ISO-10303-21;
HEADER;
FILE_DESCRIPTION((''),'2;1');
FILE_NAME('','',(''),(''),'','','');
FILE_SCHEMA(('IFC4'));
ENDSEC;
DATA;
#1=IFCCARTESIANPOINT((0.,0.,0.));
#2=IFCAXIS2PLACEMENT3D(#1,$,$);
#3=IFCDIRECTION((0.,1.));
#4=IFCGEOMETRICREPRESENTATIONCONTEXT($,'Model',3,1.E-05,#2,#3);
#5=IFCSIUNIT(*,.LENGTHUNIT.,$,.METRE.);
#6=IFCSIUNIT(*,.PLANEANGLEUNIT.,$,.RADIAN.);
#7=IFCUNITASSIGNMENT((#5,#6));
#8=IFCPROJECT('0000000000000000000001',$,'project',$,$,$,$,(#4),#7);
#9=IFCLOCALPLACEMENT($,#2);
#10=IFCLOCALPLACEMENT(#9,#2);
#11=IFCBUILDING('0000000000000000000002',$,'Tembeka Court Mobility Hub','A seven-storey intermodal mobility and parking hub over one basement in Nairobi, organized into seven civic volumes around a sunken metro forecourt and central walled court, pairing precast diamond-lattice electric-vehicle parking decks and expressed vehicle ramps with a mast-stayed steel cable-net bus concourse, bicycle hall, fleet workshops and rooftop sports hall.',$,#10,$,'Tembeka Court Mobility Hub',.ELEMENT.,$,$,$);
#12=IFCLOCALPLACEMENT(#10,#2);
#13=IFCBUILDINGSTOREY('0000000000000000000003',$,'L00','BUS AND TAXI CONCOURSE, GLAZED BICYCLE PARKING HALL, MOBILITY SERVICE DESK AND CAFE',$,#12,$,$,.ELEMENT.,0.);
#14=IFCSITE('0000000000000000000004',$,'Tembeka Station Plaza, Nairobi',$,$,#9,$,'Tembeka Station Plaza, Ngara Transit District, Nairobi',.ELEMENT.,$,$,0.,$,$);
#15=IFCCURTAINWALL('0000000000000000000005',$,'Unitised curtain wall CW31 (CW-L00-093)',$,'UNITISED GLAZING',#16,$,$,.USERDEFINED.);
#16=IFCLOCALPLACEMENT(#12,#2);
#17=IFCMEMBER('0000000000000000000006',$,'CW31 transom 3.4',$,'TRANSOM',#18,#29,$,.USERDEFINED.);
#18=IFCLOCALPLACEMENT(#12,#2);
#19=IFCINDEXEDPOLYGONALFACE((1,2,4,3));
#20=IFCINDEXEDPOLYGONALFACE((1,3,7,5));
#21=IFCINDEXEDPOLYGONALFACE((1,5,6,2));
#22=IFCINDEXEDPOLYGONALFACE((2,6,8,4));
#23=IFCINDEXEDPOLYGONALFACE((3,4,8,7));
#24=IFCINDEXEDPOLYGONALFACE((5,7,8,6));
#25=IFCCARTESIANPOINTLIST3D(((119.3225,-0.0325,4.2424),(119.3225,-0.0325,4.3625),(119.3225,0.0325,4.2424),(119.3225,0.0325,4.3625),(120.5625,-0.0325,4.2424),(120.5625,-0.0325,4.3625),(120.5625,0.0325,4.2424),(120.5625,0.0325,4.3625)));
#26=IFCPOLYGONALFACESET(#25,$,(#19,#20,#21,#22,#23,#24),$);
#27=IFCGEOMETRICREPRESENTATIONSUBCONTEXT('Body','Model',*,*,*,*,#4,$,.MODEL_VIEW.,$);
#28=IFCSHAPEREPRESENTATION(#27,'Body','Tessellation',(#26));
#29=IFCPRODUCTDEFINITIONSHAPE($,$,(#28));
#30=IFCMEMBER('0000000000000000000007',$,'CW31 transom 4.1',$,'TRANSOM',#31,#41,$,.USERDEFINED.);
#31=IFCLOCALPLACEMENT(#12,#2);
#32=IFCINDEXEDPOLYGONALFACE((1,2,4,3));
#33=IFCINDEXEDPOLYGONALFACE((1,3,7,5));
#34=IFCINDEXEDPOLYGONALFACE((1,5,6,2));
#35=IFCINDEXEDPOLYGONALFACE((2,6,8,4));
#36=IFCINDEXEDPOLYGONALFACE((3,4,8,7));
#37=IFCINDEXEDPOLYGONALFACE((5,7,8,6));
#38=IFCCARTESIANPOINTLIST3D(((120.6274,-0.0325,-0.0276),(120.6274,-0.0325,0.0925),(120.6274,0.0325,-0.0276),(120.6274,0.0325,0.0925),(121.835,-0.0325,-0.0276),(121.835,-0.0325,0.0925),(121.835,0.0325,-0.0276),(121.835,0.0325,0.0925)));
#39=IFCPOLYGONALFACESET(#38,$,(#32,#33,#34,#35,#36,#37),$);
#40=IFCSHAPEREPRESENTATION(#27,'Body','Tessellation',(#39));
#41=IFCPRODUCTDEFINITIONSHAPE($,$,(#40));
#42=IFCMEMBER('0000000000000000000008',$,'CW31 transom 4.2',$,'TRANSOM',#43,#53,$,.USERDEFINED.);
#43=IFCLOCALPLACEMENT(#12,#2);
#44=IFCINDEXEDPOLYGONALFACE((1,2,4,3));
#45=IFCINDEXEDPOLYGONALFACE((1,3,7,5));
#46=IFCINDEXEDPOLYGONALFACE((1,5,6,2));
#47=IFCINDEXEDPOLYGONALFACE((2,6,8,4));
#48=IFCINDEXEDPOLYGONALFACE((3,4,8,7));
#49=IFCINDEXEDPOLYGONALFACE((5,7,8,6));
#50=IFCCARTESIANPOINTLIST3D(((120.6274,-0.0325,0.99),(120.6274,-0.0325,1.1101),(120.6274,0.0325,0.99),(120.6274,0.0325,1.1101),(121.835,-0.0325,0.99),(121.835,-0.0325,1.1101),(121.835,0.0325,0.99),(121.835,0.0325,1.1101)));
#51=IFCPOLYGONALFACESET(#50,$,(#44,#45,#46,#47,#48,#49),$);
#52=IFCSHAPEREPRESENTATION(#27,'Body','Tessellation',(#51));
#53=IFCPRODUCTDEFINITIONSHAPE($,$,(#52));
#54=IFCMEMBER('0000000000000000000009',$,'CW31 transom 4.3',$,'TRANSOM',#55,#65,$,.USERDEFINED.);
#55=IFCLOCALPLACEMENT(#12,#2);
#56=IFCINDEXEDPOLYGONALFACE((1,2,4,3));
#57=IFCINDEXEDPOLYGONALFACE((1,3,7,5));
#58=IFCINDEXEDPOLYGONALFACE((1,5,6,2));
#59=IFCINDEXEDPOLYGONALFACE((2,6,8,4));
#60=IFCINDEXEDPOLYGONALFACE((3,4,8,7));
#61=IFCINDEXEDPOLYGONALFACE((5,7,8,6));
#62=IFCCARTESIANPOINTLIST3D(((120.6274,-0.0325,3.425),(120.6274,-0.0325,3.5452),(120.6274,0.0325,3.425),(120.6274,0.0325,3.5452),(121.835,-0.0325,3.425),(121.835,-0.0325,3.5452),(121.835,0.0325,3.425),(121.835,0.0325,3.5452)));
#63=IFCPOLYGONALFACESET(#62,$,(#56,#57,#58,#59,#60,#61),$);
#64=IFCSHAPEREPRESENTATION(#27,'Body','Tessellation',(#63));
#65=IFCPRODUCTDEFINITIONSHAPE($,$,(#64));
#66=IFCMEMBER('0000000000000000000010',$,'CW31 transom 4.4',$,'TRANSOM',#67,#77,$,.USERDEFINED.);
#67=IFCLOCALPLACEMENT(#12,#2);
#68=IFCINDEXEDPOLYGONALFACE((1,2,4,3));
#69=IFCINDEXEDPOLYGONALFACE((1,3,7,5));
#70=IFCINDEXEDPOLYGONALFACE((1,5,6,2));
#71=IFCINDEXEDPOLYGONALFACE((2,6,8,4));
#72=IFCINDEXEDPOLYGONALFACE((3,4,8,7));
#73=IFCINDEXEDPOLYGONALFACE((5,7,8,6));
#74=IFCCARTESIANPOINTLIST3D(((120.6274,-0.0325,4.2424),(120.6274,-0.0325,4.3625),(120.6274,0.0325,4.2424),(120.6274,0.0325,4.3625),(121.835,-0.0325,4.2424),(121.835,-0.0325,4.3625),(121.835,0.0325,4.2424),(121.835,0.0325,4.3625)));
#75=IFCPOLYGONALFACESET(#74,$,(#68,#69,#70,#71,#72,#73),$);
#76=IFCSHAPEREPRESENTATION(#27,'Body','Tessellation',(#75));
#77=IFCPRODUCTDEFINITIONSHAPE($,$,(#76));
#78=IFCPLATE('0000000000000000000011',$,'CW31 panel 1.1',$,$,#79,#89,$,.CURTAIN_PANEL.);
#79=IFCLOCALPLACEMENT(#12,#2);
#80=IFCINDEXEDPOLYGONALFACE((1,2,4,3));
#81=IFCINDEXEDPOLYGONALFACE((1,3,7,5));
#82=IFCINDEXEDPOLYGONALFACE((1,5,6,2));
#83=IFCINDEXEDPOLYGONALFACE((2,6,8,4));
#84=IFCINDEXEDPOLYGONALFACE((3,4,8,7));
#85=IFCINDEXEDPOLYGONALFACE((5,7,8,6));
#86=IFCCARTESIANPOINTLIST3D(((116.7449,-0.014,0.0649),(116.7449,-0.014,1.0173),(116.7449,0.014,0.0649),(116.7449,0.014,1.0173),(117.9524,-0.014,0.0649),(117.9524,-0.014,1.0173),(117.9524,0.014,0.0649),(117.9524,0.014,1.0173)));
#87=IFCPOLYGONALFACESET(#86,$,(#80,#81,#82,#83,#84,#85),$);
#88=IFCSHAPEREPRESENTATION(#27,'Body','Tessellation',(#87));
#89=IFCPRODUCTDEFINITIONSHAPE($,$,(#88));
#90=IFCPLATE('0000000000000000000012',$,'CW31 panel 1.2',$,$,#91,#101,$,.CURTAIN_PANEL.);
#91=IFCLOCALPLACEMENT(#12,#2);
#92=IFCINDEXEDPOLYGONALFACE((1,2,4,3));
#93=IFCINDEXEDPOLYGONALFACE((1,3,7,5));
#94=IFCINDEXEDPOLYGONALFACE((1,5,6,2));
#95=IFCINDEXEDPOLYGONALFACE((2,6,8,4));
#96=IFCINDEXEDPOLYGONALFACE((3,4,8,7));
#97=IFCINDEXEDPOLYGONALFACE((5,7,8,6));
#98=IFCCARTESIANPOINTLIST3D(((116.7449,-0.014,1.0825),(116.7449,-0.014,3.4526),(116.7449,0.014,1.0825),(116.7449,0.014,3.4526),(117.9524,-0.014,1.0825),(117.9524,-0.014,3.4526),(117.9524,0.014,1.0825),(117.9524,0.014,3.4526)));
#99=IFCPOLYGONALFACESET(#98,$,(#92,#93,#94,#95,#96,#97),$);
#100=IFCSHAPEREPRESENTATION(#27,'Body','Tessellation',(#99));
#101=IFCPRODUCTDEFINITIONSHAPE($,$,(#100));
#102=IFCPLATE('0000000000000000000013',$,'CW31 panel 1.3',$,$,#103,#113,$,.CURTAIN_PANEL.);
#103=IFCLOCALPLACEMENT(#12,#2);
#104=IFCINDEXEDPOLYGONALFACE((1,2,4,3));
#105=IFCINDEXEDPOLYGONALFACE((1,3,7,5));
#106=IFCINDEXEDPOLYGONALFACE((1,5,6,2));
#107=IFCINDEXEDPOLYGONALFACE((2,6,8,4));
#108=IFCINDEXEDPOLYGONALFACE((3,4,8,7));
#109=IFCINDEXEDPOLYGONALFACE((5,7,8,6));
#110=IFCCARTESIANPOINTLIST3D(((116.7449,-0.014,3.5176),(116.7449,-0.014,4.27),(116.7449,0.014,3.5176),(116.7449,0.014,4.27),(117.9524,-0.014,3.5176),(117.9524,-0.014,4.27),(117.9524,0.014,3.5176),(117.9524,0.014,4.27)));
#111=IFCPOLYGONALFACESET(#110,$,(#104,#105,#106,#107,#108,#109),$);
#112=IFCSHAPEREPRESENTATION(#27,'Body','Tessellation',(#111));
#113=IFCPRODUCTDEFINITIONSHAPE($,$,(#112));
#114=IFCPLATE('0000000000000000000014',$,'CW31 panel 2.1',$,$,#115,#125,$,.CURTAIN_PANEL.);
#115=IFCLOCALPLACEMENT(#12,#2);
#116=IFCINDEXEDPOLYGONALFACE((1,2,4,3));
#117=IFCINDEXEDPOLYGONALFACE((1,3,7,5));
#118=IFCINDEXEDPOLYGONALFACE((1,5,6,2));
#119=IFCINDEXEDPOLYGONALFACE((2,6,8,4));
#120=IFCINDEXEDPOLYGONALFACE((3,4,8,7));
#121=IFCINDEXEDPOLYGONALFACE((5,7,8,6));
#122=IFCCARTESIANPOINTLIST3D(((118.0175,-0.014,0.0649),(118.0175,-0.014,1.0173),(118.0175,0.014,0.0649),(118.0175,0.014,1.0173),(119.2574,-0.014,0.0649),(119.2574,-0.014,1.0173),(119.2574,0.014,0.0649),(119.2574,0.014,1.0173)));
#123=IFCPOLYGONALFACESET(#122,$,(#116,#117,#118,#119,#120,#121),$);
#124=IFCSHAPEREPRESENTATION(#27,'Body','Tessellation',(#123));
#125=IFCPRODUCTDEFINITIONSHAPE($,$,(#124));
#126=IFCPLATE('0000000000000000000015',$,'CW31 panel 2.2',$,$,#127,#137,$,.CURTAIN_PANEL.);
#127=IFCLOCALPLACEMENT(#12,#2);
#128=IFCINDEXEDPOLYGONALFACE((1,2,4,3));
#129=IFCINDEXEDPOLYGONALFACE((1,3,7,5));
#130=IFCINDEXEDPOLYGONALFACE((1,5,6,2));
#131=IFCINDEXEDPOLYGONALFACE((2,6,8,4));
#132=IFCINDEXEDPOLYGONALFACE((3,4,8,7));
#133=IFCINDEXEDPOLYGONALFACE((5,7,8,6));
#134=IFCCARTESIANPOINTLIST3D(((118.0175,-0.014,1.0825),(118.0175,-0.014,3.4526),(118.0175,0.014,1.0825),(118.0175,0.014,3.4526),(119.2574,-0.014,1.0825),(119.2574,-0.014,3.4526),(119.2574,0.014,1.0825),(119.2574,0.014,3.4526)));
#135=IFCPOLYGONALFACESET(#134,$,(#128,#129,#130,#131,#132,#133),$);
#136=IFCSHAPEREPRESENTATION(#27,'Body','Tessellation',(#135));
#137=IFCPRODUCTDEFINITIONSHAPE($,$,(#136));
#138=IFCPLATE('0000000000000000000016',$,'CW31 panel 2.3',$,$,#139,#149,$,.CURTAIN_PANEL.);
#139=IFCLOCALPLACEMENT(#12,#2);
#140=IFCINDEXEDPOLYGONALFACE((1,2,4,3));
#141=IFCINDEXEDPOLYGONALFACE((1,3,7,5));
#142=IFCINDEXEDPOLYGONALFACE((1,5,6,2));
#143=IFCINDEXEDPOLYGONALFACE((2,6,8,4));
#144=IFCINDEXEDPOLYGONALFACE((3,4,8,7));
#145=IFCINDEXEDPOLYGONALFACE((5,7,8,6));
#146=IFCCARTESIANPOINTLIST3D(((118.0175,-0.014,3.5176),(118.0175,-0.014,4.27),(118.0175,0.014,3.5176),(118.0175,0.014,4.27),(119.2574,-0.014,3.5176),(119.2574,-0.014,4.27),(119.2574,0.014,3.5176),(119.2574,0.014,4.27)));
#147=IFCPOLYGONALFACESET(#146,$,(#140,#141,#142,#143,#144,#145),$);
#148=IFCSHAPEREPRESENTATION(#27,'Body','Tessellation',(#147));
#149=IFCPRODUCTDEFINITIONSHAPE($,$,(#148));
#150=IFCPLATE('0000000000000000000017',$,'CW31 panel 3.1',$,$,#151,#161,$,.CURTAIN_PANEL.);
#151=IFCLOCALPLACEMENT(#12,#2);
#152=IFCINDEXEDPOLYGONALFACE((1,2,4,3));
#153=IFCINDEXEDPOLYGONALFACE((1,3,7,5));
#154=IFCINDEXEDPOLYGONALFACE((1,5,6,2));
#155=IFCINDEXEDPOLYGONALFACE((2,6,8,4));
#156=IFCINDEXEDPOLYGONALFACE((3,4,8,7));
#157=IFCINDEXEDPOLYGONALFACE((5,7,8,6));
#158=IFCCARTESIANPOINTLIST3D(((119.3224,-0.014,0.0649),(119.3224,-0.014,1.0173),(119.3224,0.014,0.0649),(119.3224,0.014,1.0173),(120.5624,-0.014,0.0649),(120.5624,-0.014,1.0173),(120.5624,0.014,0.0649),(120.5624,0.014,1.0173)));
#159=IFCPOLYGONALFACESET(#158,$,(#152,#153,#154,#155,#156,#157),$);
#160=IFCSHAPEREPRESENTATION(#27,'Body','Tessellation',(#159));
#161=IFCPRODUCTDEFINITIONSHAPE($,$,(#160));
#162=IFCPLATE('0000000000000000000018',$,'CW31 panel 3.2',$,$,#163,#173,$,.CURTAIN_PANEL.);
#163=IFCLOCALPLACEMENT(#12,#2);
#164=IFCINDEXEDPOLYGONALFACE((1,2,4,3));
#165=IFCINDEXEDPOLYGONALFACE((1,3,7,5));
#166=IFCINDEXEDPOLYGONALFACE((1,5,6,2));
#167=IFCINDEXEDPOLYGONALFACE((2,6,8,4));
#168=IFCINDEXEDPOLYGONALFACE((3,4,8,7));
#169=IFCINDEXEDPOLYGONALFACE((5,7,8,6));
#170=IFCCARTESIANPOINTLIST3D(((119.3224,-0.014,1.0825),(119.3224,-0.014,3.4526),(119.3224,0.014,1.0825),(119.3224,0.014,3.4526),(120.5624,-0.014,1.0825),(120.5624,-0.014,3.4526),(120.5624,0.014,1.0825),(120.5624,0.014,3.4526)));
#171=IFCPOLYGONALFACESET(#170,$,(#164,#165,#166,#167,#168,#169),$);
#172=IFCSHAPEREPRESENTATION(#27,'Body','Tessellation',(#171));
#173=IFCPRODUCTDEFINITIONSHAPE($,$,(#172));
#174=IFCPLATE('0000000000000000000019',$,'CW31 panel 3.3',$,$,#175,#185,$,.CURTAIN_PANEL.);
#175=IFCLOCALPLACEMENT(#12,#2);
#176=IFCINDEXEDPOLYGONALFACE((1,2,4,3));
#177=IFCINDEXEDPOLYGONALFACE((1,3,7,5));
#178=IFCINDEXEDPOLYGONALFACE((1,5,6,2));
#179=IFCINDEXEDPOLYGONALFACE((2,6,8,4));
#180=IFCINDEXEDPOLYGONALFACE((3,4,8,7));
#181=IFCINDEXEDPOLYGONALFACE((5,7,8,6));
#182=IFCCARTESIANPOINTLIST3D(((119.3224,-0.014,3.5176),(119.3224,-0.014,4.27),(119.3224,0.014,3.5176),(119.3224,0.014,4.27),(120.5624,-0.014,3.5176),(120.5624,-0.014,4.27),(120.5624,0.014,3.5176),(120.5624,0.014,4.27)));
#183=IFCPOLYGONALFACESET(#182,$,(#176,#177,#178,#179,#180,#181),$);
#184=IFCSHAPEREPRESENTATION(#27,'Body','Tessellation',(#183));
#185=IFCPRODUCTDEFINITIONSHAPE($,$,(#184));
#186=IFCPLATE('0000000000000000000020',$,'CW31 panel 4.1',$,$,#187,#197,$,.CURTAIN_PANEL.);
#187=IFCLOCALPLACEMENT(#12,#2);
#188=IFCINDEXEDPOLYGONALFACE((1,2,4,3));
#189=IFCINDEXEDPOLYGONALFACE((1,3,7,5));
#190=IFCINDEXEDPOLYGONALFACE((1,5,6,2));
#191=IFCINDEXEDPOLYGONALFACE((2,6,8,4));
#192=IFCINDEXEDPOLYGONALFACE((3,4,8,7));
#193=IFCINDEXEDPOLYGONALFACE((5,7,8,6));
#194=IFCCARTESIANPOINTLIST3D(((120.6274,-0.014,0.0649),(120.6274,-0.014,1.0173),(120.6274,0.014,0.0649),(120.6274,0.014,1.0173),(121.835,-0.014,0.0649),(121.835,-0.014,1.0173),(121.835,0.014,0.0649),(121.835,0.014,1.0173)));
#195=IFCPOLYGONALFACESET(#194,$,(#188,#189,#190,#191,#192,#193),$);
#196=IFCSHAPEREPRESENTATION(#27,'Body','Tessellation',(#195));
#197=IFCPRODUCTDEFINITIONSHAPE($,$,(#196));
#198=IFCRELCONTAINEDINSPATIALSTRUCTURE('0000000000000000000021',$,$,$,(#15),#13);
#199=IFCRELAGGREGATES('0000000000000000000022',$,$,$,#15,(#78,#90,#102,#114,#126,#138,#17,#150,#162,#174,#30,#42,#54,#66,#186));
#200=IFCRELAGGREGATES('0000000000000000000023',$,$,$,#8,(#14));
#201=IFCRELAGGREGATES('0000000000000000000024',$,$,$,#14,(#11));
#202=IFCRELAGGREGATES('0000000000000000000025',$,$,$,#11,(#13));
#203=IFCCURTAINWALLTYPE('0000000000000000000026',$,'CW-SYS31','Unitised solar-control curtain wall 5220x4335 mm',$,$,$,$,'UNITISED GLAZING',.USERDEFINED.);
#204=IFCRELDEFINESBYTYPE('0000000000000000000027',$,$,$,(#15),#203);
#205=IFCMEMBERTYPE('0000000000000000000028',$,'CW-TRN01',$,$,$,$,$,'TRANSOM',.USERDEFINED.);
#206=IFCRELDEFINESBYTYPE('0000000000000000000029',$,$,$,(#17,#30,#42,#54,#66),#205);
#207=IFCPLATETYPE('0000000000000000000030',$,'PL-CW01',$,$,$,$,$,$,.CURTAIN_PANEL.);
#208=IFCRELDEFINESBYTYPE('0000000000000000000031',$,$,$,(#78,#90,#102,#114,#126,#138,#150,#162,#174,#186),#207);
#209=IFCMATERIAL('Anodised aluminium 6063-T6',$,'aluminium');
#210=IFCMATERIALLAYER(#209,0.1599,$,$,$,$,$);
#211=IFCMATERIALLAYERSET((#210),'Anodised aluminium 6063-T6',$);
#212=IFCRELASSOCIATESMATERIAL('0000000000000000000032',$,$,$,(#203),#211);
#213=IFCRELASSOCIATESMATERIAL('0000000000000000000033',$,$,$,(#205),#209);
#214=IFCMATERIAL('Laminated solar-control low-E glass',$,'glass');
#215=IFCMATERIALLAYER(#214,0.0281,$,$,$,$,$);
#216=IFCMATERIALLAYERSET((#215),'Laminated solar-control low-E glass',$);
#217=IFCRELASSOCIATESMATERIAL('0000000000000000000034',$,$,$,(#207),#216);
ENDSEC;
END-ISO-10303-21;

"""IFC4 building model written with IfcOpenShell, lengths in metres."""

from ifc_helpers import new_model, si_unit, direction, frame, origin, origin_2d, place, context, subcontext, project, spatial, rectangle, extrude, material, layer, layer_set, material_profile, profile_set, type_object, element, aggregate, save


model = new_model("IFC4")

# Units and contexts
model_context = context("Model", 3, precision=1e-05, world=origin(), true_north=direction((0.0, 1.0)))
body_context = subcontext(model_context, "Body", "Model", "MODEL_VIEW")
ifc_project = project(units=[si_unit("LENGTHUNIT", "METRE"), si_unit("PLANEANGLEUNIT", "RADIAN")], contexts=[model_context])

# Site, building, storey
site_placement = place(None, origin())
site = spatial("IfcSite", under=ifc_project, at=site_placement, Name="Tembeka Station Plaza, Nairobi", LongName="Tembeka Station Plaza, Ngara Transit District, Nairobi", CompositionType="ELEMENT", RefElevation=0.0)
building_placement = place(site_placement, origin())
building = spatial("IfcBuilding", under=site, at=building_placement, Name="Tembeka Court Mobility Hub", Description="A seven-storey intermodal mobility and parking hub over one basement in Nairobi, organized into seven civic volumes around a sunken metro forecourt and central walled court, pairing precast diamond-lattice electric-vehicle parking decks and expressed vehicle ramps with a mast-stayed steel cable-net bus concourse, bicycle hall, fleet workshops and rooftop sports hall.", LongName="Tembeka Court Mobility Hub", CompositionType="ELEMENT")
storey_placement = place(building_placement, origin())
storey = spatial("IfcBuildingStorey", under=building, at=storey_placement, Name="L00", Description="BUS AND TAXI CONCOURSE, GLAZED BICYCLE PARKING HALL, MOBILITY SERVICE DESK AND CAFE", CompositionType="ELEMENT", Elevation=0.0)

# Curtain wall, members, plates
ifc_material_1 = material(Name="Anodised aluminium 6063-T6", Category="aluminium")
ifc_layer_1 = layer(ifc_material_1, 0.1599)
ifc_layer_set_1 = layer_set([ifc_layer_1], Name="Anodised aluminium 6063-T6")
curtain_wall_type = type_object("IfcCurtainWallType", Name="CW-SYS31", Description="Unitised solar-control curtain wall 5220x4335 mm", ElementType="UNITISED GLAZING", PredefinedType="USERDEFINED", material=ifc_layer_set_1)
curtain_wall_placement = place(storey_placement, origin())
curtain_wall = element("IfcCurtainWall", 1, at=curtain_wall_placement, inside=storey, type_object=curtain_wall_type, Name="Unitised curtain wall CW31 (CW-L00-093)", ObjectType="UNITISED GLAZING", PredefinedType="USERDEFINED")
ifc_material_profile_1 = material_profile(ifc_material_1, rectangle(XDim=0.0649, YDim=0.1201, at=origin_2d()), Name="ALU-TRN 65x120")
ifc_profile_set_1 = profile_set([ifc_material_profile_1], Name="Anodised aluminium 6063-T6")
member_type_1 = type_object("IfcMemberType", Name="CW-TRN01", ElementType="TRANSOM", PredefinedType="USERDEFINED", material=ifc_profile_set_1)
member_1_placement = place(storey_placement, frame((119.3225, 0.0, 4.3025), z_axis=(1.0, 0.0, 0.0), x_axis=(0.0, 1.0, 0.0)))
member_1 = element("IfcMember", 2, at=member_1_placement, type_object=member_type_1, Name="CW31 transom 3.4", ObjectType="TRANSOM", PredefinedType="USERDEFINED", context=body_context, shape_type="SweptSolid", body=[
    extrude(rectangle(XDim=0.0649, YDim=0.1201, at=origin_2d()), origin(), (0.0, 0.0, 1.0), 1.24),
])
member_2_placement = place(storey_placement, frame((120.6274, 0.0, 0.0325), z_axis=(1.0, 0.0, 0.0), x_axis=(0.0, 1.0, 0.0)))
member_2 = element("IfcMember", 3, at=member_2_placement, type_object=member_type_1, Name="CW31 transom 4.1", ObjectType="TRANSOM", PredefinedType="USERDEFINED", context=body_context, shape_type="SweptSolid", body=[
    extrude(rectangle(XDim=0.0649, YDim=0.1201, at=origin_2d()), origin(), (0.0, 0.0, 1.0), 1.2075),
])
member_3_placement = place(storey_placement, frame((120.6274, 0.0, 1.05), z_axis=(1.0, 0.0, 0.0), x_axis=(0.0, 1.0, 0.0)))
member_3 = element("IfcMember", 4, at=member_3_placement, type_object=member_type_1, Name="CW31 transom 4.2", ObjectType="TRANSOM", PredefinedType="USERDEFINED", context=body_context, shape_type="SweptSolid", body=[
    extrude(rectangle(XDim=0.0649, YDim=0.1201, at=origin_2d()), origin(), (0.0, 0.0, 1.0), 1.2075),
])
member_4_placement = place(storey_placement, frame((120.6274, 0.0, 3.4851), z_axis=(1.0, 0.0, 0.0), x_axis=(0.0, 1.0, 0.0)))
member_4 = element("IfcMember", 5, at=member_4_placement, type_object=member_type_1, Name="CW31 transom 4.3", ObjectType="TRANSOM", PredefinedType="USERDEFINED", context=body_context, shape_type="SweptSolid", body=[
    extrude(rectangle(XDim=0.0649, YDim=0.1201, at=origin_2d()), origin(), (0.0, 0.0, 1.0), 1.2075),
])
member_5_placement = place(storey_placement, frame((120.6274, 0.0, 4.3025), z_axis=(1.0, 0.0, 0.0), x_axis=(0.0, 1.0, 0.0)))
member_5 = element("IfcMember", 6, at=member_5_placement, type_object=member_type_1, Name="CW31 transom 4.4", ObjectType="TRANSOM", PredefinedType="USERDEFINED", context=body_context, shape_type="SweptSolid", body=[
    extrude(rectangle(XDim=0.0649, YDim=0.1201, at=origin_2d()), origin(), (0.0, 0.0, 1.0), 1.2075),
])
ifc_material_2 = material(Name="Laminated solar-control low-E glass", Category="glass")
ifc_layer_2 = layer(ifc_material_2, 0.0281)
ifc_layer_set_2 = layer_set([ifc_layer_2], Name="Laminated solar-control low-E glass")
plate_type = type_object("IfcPlateType", Name="PL-CW01", PredefinedType="CURTAIN_PANEL", material=ifc_layer_set_2)
plate_1_placement = place(storey_placement, frame((117.3486, 0.0, 0.0649), z_axis=(0.0, 0.0, 1.0), x_axis=(1.0, 0.0, 0.0)))
plate_1 = element("IfcPlate", 7, at=plate_1_placement, type_object=plate_type, Name="CW31 panel 1.1", PredefinedType="CURTAIN_PANEL", context=body_context, shape_type="SweptSolid", body=[
    extrude(rectangle(XDim=1.2075, YDim=0.0281, at=origin_2d()), origin(), (0.0, 0.0, 1.0), 0.9524),
])
plate_2_placement = place(storey_placement, frame((117.3486, 0.0, 1.0825), z_axis=(0.0, 0.0, 1.0), x_axis=(1.0, 0.0, 0.0)))
plate_2 = element("IfcPlate", 8, at=plate_2_placement, type_object=plate_type, Name="CW31 panel 1.2", PredefinedType="CURTAIN_PANEL", context=body_context, shape_type="SweptSolid", body=[
    extrude(rectangle(XDim=1.2075, YDim=0.0281, at=origin_2d()), origin(), (0.0, 0.0, 1.0), 2.3701),
])
plate_3_placement = place(storey_placement, frame((117.3486, 0.0, 3.5176), z_axis=(0.0, 0.0, 1.0), x_axis=(1.0, 0.0, 0.0)))
plate_3 = element("IfcPlate", 9, at=plate_3_placement, type_object=plate_type, Name="CW31 panel 1.3", PredefinedType="CURTAIN_PANEL", context=body_context, shape_type="SweptSolid", body=[
    extrude(rectangle(XDim=1.2075, YDim=0.0281, at=origin_2d()), origin(), (0.0, 0.0, 1.0), 0.7524),
])
plate_4_placement = place(storey_placement, frame((118.6375, 0.0, 0.0649), z_axis=(0.0, 0.0, 1.0), x_axis=(1.0, 0.0, 0.0)))
plate_4 = element("IfcPlate", 10, at=plate_4_placement, type_object=plate_type, Name="CW31 panel 2.1", PredefinedType="CURTAIN_PANEL", context=body_context, shape_type="SweptSolid", body=[
    extrude(rectangle(XDim=1.24, YDim=0.0281, at=origin_2d()), origin(), (0.0, 0.0, 1.0), 0.9524),
])
plate_5_placement = place(storey_placement, frame((118.6375, 0.0, 1.0825), z_axis=(0.0, 0.0, 1.0), x_axis=(1.0, 0.0, 0.0)))
plate_5 = element("IfcPlate", 11, at=plate_5_placement, type_object=plate_type, Name="CW31 panel 2.2", PredefinedType="CURTAIN_PANEL", context=body_context, shape_type="SweptSolid", body=[
    extrude(rectangle(XDim=1.24, YDim=0.0281, at=origin_2d()), origin(), (0.0, 0.0, 1.0), 2.3701),
])
plate_6_placement = place(storey_placement, frame((118.6375, 0.0, 3.5176), z_axis=(0.0, 0.0, 1.0), x_axis=(1.0, 0.0, 0.0)))
plate_6 = element("IfcPlate", 12, at=plate_6_placement, type_object=plate_type, Name="CW31 panel 2.3", PredefinedType="CURTAIN_PANEL", context=body_context, shape_type="SweptSolid", body=[
    extrude(rectangle(XDim=1.24, YDim=0.0281, at=origin_2d()), origin(), (0.0, 0.0, 1.0), 0.7524),
])
plate_7_placement = place(storey_placement, frame((119.9424, 0.0, 0.0649), z_axis=(0.0, 0.0, 1.0), x_axis=(1.0, 0.0, 0.0)))
plate_7 = element("IfcPlate", 13, at=plate_7_placement, type_object=plate_type, Name="CW31 panel 3.1", PredefinedType="CURTAIN_PANEL", context=body_context, shape_type="SweptSolid", body=[
    extrude(rectangle(XDim=1.24, YDim=0.0281, at=origin_2d()), origin(), (0.0, 0.0, 1.0), 0.9524),
])
plate_8_placement = place(storey_placement, frame((119.9424, 0.0, 1.0825), z_axis=(0.0, 0.0, 1.0), x_axis=(1.0, 0.0, 0.0)))
plate_8 = element("IfcPlate", 14, at=plate_8_placement, type_object=plate_type, Name="CW31 panel 3.2", PredefinedType="CURTAIN_PANEL", context=body_context, shape_type="SweptSolid", body=[
    extrude(rectangle(XDim=1.24, YDim=0.0281, at=origin_2d()), origin(), (0.0, 0.0, 1.0), 2.3701),
])
plate_9_placement = place(storey_placement, frame((119.9424, 0.0, 3.5176), z_axis=(0.0, 0.0, 1.0), x_axis=(1.0, 0.0, 0.0)))
plate_9 = element("IfcPlate", 15, at=plate_9_placement, type_object=plate_type, Name="CW31 panel 3.3", PredefinedType="CURTAIN_PANEL", context=body_context, shape_type="SweptSolid", body=[
    extrude(rectangle(XDim=1.24, YDim=0.0281, at=origin_2d()), origin(), (0.0, 0.0, 1.0), 0.7524),
])
plate_10_placement = place(storey_placement, frame((121.2312, 0.0, 0.0649), z_axis=(0.0, 0.0, 1.0), x_axis=(1.0, 0.0, 0.0)))
plate_10 = element("IfcPlate", 16, at=plate_10_placement, type_object=plate_type, Name="CW31 panel 4.1", PredefinedType="CURTAIN_PANEL", context=body_context, shape_type="SweptSolid", body=[
    extrude(rectangle(XDim=1.2075, YDim=0.0281, at=origin_2d()), origin(), (0.0, 0.0, 1.0), 0.9524),
])
aggregate(curtain_wall, [plate_1, plate_2, plate_3, plate_4, plate_5, plate_6, member_1, plate_7, plate_8, plate_9, member_2, member_3, member_4, member_5, plate_10])

save(model, "model.ifc")
